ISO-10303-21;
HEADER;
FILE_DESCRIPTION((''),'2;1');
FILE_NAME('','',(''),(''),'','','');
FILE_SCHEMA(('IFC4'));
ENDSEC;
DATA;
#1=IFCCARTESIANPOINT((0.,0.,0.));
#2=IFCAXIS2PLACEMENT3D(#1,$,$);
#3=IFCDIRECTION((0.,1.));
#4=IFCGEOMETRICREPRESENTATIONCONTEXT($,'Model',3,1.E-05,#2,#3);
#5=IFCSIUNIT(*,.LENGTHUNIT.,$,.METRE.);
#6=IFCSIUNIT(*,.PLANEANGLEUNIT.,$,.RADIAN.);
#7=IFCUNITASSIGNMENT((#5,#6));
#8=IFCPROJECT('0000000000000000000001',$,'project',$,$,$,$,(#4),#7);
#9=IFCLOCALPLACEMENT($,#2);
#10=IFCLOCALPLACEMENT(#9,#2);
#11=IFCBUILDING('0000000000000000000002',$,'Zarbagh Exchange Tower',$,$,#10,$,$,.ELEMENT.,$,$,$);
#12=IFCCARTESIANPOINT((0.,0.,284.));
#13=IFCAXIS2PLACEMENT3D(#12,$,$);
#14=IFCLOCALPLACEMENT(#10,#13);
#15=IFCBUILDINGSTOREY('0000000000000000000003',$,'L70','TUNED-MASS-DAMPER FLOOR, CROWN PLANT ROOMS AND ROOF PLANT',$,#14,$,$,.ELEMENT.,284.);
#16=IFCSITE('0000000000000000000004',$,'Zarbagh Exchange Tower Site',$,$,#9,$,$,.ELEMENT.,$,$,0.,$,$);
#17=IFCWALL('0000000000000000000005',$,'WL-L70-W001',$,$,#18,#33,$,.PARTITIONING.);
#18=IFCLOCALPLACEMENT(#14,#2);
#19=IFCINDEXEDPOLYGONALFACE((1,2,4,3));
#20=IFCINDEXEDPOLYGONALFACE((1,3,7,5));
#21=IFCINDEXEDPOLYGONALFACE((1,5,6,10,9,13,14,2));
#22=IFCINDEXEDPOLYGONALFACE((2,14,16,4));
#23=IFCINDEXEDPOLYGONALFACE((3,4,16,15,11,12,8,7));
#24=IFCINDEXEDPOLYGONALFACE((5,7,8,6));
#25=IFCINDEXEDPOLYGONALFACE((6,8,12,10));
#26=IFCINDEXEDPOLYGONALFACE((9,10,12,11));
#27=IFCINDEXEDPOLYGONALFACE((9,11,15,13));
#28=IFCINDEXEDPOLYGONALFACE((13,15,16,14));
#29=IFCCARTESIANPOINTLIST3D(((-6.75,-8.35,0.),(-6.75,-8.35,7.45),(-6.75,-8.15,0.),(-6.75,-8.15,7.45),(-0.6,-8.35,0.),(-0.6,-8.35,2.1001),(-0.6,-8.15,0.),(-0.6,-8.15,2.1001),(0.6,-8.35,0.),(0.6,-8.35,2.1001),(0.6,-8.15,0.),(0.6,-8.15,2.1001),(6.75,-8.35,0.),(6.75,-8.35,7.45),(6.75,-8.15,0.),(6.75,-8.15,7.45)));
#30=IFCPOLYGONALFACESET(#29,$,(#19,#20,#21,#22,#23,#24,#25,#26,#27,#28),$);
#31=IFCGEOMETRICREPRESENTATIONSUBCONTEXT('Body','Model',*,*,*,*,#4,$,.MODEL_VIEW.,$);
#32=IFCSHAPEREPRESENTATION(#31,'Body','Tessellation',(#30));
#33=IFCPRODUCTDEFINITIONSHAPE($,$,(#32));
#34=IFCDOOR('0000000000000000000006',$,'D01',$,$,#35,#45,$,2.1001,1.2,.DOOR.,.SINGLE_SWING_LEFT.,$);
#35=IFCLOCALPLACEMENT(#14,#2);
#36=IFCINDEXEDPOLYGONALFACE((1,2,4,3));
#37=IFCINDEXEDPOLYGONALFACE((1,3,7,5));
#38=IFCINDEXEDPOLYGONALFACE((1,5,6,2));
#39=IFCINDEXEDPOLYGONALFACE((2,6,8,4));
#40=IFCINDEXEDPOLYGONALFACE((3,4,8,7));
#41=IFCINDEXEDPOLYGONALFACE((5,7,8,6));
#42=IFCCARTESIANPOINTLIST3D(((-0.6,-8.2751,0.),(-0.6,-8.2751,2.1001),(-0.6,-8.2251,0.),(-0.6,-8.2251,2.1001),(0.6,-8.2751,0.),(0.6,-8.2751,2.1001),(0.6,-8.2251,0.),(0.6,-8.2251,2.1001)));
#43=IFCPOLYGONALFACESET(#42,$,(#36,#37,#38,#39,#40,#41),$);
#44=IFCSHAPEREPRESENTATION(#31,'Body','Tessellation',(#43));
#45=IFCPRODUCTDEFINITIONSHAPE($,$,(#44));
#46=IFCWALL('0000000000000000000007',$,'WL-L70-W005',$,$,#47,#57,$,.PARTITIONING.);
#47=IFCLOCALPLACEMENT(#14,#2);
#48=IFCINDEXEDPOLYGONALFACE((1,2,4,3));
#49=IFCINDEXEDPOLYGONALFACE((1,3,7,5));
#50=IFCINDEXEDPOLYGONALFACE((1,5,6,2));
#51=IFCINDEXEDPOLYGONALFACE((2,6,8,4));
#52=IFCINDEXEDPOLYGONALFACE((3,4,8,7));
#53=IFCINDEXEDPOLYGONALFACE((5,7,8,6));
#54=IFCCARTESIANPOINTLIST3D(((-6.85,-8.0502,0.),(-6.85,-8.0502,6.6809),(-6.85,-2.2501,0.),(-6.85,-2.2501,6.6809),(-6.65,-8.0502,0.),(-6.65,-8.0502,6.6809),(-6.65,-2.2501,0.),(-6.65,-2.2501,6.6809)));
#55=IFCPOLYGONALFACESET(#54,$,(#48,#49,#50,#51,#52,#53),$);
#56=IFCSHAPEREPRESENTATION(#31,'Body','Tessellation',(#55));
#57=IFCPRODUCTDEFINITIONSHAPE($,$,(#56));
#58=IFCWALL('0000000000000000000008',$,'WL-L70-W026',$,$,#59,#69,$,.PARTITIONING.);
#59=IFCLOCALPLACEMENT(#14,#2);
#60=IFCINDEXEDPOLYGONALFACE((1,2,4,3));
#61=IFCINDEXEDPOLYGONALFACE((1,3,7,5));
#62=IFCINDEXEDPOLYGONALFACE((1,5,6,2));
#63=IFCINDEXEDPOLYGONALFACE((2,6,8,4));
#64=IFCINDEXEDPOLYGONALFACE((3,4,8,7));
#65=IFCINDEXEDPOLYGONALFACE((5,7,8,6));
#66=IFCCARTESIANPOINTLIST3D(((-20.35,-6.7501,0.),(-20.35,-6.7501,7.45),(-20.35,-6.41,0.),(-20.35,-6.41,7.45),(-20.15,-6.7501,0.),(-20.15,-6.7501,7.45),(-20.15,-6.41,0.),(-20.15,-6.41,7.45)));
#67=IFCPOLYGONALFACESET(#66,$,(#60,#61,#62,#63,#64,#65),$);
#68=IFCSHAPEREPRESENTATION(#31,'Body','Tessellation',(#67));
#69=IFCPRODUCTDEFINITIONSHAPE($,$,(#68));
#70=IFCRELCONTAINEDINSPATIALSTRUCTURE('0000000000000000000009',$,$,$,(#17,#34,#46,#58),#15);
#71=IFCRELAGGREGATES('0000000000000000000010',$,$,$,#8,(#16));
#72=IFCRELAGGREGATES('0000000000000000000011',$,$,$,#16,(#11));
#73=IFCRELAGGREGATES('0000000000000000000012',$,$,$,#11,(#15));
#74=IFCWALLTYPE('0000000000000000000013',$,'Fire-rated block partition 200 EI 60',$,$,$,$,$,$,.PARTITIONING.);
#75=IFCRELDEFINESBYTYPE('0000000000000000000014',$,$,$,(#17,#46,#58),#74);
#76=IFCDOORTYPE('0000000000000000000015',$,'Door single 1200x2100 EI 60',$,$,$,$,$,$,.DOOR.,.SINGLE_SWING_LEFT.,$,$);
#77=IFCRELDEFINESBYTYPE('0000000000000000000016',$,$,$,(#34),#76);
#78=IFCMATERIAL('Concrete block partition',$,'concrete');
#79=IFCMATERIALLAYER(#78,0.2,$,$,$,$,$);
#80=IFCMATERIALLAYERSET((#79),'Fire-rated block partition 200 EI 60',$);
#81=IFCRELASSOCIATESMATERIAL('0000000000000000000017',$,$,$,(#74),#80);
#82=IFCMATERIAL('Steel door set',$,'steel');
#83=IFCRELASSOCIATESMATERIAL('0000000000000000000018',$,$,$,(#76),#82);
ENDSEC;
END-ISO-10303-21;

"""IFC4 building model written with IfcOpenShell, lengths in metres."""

from ifc_helpers import new_model, si_unit, direction, frame, frame_2d, origin, place, context, subcontext, project, spatial, rectangle, extrude, material, layer, layer_set, type_object, element, fill, save


model = new_model("IFC4")

# Units and contexts
model_context = context("Model", 3, precision=1e-05, world=origin(), true_north=direction((0.0, 1.0)))
body_context = subcontext(model_context, "Body", "Model", "MODEL_VIEW")
ifc_project = project(units=[si_unit("LENGTHUNIT", "METRE"), si_unit("PLANEANGLEUNIT", "RADIAN")], contexts=[model_context])

# Site, building, storey
site_placement = place(None, origin())
site = spatial("IfcSite", under=ifc_project, at=site_placement, Name="Zarbagh Exchange Tower Site", CompositionType="ELEMENT", RefElevation=0.0)
building_placement = place(site_placement, origin())
building = spatial("IfcBuilding", under=site, at=building_placement, Name="Zarbagh Exchange Tower", CompositionType="ELEMENT")
storey_placement = place(building_placement, frame((0.0, 0.0, 284.0)))
storey = spatial("IfcBuildingStorey", under=building, at=storey_placement, Name="L70", Description="TUNED-MASS-DAMPER FLOOR, CROWN PLANT ROOMS AND ROOF PLANT", CompositionType="ELEMENT", Elevation=284.0)

# Wall, opening, door
ifc_material_1 = material(Name="Concrete block partition", Category="concrete")
ifc_layer = layer(ifc_material_1, 0.2)
ifc_layer_set = layer_set([ifc_layer], Name="Fire-rated block partition 200 EI 60")
wall_type = type_object("IfcWallType", Name="Fire-rated block partition 200 EI 60", PredefinedType="PARTITIONING", material=ifc_layer_set)
wall_1_placement = place(storey_placement, frame((-6.75, -8.25, 0.0), z_axis=(0.0, 0.0, 1.0), x_axis=(1.0, 0.0, 0.0)))
wall_1 = element("IfcWall", 1, at=wall_1_placement, inside=storey, type_object=wall_type, Name="WL-L70-W001", PredefinedType="PARTITIONING", context=body_context, shape_type="SweptSolid", body=[
    extrude(rectangle(XDim=13.5, YDim=0.2, at=frame_2d((6.75, 0.0))), origin(), (0.0, 0.0, 1.0), 7.45),
])
opening_placement = place(wall_1_placement, frame((6.1499, 0.0, 0.0)))
opening = element("IfcOpeningElement", 2, at=opening_placement, cuts=wall_1, PredefinedType="OPENING", context=body_context, shape_type="SweptSolid", body=[
    extrude(rectangle(XDim=1.2, YDim=2.1001, at=frame_2d((0.6001, 1.05))), frame((0.0, 0.1099, 0.0), z_axis=(0.0, -1.0, 0.0), x_axis=(1.0, 0.0, 0.0)), (0.0, 0.0, 1.0), 0.22),
])
ifc_material_2 = material(Name="Steel door set", Category="steel")
door_type = type_object("IfcDoorType", Name="Door single 1200x2100 EI 60", OperationType="SINGLE_SWING_LEFT", PredefinedType="DOOR", material=ifc_material_2)
door_placement = place(opening_placement, origin())
door = element("IfcDoor", 3, at=door_placement, inside=storey, type_object=door_type, Name="D01", OperationType="SINGLE_SWING_LEFT", OverallHeight=2.1001, OverallWidth=1.2, PredefinedType="DOOR", context=body_context, shape_type="SweptSolid", body=[
    extrude(rectangle(XDim=1.2, YDim=2.1001, at=frame_2d((0.6001, 1.05))), frame((0.0, 0.0249, 0.0), z_axis=(0.0, -1.0, 0.0), x_axis=(1.0, 0.0, 0.0)), (0.0, 0.0, 1.0), 0.05),
])
fill(opening, door)

# Walls
wall_2_placement = place(storey_placement, frame((-6.75, -8.05, 0.0), z_axis=(0.0, 0.0, 1.0), x_axis=(0.0, 1.0, 0.0)))
element("IfcWall", 4, at=wall_2_placement, inside=storey, type_object=wall_type, Name="WL-L70-W005", PredefinedType="PARTITIONING", context=body_context, shape_type="SweptSolid", body=[
    extrude(rectangle(XDim=5.8, YDim=0.2, at=frame_2d((2.8999, 0.0))), origin(), (0.0, 0.0, 1.0), 6.6809),
])
wall_3_placement = place(storey_placement, frame((-20.25, -6.75, 0.0), z_axis=(0.0, 0.0, 1.0), x_axis=(0.0, 1.0, 0.0)))
element("IfcWall", 5, at=wall_3_placement, inside=storey, type_object=wall_type, Name="WL-L70-W026", PredefinedType="PARTITIONING", context=body_context, shape_type="SweptSolid", body=[
    extrude(rectangle(XDim=0.3401, YDim=0.2, at=frame_2d((0.1699, 0.0))), origin(), (0.0, 0.0, 1.0), 7.45),
])

save(model, "model.ifc")
